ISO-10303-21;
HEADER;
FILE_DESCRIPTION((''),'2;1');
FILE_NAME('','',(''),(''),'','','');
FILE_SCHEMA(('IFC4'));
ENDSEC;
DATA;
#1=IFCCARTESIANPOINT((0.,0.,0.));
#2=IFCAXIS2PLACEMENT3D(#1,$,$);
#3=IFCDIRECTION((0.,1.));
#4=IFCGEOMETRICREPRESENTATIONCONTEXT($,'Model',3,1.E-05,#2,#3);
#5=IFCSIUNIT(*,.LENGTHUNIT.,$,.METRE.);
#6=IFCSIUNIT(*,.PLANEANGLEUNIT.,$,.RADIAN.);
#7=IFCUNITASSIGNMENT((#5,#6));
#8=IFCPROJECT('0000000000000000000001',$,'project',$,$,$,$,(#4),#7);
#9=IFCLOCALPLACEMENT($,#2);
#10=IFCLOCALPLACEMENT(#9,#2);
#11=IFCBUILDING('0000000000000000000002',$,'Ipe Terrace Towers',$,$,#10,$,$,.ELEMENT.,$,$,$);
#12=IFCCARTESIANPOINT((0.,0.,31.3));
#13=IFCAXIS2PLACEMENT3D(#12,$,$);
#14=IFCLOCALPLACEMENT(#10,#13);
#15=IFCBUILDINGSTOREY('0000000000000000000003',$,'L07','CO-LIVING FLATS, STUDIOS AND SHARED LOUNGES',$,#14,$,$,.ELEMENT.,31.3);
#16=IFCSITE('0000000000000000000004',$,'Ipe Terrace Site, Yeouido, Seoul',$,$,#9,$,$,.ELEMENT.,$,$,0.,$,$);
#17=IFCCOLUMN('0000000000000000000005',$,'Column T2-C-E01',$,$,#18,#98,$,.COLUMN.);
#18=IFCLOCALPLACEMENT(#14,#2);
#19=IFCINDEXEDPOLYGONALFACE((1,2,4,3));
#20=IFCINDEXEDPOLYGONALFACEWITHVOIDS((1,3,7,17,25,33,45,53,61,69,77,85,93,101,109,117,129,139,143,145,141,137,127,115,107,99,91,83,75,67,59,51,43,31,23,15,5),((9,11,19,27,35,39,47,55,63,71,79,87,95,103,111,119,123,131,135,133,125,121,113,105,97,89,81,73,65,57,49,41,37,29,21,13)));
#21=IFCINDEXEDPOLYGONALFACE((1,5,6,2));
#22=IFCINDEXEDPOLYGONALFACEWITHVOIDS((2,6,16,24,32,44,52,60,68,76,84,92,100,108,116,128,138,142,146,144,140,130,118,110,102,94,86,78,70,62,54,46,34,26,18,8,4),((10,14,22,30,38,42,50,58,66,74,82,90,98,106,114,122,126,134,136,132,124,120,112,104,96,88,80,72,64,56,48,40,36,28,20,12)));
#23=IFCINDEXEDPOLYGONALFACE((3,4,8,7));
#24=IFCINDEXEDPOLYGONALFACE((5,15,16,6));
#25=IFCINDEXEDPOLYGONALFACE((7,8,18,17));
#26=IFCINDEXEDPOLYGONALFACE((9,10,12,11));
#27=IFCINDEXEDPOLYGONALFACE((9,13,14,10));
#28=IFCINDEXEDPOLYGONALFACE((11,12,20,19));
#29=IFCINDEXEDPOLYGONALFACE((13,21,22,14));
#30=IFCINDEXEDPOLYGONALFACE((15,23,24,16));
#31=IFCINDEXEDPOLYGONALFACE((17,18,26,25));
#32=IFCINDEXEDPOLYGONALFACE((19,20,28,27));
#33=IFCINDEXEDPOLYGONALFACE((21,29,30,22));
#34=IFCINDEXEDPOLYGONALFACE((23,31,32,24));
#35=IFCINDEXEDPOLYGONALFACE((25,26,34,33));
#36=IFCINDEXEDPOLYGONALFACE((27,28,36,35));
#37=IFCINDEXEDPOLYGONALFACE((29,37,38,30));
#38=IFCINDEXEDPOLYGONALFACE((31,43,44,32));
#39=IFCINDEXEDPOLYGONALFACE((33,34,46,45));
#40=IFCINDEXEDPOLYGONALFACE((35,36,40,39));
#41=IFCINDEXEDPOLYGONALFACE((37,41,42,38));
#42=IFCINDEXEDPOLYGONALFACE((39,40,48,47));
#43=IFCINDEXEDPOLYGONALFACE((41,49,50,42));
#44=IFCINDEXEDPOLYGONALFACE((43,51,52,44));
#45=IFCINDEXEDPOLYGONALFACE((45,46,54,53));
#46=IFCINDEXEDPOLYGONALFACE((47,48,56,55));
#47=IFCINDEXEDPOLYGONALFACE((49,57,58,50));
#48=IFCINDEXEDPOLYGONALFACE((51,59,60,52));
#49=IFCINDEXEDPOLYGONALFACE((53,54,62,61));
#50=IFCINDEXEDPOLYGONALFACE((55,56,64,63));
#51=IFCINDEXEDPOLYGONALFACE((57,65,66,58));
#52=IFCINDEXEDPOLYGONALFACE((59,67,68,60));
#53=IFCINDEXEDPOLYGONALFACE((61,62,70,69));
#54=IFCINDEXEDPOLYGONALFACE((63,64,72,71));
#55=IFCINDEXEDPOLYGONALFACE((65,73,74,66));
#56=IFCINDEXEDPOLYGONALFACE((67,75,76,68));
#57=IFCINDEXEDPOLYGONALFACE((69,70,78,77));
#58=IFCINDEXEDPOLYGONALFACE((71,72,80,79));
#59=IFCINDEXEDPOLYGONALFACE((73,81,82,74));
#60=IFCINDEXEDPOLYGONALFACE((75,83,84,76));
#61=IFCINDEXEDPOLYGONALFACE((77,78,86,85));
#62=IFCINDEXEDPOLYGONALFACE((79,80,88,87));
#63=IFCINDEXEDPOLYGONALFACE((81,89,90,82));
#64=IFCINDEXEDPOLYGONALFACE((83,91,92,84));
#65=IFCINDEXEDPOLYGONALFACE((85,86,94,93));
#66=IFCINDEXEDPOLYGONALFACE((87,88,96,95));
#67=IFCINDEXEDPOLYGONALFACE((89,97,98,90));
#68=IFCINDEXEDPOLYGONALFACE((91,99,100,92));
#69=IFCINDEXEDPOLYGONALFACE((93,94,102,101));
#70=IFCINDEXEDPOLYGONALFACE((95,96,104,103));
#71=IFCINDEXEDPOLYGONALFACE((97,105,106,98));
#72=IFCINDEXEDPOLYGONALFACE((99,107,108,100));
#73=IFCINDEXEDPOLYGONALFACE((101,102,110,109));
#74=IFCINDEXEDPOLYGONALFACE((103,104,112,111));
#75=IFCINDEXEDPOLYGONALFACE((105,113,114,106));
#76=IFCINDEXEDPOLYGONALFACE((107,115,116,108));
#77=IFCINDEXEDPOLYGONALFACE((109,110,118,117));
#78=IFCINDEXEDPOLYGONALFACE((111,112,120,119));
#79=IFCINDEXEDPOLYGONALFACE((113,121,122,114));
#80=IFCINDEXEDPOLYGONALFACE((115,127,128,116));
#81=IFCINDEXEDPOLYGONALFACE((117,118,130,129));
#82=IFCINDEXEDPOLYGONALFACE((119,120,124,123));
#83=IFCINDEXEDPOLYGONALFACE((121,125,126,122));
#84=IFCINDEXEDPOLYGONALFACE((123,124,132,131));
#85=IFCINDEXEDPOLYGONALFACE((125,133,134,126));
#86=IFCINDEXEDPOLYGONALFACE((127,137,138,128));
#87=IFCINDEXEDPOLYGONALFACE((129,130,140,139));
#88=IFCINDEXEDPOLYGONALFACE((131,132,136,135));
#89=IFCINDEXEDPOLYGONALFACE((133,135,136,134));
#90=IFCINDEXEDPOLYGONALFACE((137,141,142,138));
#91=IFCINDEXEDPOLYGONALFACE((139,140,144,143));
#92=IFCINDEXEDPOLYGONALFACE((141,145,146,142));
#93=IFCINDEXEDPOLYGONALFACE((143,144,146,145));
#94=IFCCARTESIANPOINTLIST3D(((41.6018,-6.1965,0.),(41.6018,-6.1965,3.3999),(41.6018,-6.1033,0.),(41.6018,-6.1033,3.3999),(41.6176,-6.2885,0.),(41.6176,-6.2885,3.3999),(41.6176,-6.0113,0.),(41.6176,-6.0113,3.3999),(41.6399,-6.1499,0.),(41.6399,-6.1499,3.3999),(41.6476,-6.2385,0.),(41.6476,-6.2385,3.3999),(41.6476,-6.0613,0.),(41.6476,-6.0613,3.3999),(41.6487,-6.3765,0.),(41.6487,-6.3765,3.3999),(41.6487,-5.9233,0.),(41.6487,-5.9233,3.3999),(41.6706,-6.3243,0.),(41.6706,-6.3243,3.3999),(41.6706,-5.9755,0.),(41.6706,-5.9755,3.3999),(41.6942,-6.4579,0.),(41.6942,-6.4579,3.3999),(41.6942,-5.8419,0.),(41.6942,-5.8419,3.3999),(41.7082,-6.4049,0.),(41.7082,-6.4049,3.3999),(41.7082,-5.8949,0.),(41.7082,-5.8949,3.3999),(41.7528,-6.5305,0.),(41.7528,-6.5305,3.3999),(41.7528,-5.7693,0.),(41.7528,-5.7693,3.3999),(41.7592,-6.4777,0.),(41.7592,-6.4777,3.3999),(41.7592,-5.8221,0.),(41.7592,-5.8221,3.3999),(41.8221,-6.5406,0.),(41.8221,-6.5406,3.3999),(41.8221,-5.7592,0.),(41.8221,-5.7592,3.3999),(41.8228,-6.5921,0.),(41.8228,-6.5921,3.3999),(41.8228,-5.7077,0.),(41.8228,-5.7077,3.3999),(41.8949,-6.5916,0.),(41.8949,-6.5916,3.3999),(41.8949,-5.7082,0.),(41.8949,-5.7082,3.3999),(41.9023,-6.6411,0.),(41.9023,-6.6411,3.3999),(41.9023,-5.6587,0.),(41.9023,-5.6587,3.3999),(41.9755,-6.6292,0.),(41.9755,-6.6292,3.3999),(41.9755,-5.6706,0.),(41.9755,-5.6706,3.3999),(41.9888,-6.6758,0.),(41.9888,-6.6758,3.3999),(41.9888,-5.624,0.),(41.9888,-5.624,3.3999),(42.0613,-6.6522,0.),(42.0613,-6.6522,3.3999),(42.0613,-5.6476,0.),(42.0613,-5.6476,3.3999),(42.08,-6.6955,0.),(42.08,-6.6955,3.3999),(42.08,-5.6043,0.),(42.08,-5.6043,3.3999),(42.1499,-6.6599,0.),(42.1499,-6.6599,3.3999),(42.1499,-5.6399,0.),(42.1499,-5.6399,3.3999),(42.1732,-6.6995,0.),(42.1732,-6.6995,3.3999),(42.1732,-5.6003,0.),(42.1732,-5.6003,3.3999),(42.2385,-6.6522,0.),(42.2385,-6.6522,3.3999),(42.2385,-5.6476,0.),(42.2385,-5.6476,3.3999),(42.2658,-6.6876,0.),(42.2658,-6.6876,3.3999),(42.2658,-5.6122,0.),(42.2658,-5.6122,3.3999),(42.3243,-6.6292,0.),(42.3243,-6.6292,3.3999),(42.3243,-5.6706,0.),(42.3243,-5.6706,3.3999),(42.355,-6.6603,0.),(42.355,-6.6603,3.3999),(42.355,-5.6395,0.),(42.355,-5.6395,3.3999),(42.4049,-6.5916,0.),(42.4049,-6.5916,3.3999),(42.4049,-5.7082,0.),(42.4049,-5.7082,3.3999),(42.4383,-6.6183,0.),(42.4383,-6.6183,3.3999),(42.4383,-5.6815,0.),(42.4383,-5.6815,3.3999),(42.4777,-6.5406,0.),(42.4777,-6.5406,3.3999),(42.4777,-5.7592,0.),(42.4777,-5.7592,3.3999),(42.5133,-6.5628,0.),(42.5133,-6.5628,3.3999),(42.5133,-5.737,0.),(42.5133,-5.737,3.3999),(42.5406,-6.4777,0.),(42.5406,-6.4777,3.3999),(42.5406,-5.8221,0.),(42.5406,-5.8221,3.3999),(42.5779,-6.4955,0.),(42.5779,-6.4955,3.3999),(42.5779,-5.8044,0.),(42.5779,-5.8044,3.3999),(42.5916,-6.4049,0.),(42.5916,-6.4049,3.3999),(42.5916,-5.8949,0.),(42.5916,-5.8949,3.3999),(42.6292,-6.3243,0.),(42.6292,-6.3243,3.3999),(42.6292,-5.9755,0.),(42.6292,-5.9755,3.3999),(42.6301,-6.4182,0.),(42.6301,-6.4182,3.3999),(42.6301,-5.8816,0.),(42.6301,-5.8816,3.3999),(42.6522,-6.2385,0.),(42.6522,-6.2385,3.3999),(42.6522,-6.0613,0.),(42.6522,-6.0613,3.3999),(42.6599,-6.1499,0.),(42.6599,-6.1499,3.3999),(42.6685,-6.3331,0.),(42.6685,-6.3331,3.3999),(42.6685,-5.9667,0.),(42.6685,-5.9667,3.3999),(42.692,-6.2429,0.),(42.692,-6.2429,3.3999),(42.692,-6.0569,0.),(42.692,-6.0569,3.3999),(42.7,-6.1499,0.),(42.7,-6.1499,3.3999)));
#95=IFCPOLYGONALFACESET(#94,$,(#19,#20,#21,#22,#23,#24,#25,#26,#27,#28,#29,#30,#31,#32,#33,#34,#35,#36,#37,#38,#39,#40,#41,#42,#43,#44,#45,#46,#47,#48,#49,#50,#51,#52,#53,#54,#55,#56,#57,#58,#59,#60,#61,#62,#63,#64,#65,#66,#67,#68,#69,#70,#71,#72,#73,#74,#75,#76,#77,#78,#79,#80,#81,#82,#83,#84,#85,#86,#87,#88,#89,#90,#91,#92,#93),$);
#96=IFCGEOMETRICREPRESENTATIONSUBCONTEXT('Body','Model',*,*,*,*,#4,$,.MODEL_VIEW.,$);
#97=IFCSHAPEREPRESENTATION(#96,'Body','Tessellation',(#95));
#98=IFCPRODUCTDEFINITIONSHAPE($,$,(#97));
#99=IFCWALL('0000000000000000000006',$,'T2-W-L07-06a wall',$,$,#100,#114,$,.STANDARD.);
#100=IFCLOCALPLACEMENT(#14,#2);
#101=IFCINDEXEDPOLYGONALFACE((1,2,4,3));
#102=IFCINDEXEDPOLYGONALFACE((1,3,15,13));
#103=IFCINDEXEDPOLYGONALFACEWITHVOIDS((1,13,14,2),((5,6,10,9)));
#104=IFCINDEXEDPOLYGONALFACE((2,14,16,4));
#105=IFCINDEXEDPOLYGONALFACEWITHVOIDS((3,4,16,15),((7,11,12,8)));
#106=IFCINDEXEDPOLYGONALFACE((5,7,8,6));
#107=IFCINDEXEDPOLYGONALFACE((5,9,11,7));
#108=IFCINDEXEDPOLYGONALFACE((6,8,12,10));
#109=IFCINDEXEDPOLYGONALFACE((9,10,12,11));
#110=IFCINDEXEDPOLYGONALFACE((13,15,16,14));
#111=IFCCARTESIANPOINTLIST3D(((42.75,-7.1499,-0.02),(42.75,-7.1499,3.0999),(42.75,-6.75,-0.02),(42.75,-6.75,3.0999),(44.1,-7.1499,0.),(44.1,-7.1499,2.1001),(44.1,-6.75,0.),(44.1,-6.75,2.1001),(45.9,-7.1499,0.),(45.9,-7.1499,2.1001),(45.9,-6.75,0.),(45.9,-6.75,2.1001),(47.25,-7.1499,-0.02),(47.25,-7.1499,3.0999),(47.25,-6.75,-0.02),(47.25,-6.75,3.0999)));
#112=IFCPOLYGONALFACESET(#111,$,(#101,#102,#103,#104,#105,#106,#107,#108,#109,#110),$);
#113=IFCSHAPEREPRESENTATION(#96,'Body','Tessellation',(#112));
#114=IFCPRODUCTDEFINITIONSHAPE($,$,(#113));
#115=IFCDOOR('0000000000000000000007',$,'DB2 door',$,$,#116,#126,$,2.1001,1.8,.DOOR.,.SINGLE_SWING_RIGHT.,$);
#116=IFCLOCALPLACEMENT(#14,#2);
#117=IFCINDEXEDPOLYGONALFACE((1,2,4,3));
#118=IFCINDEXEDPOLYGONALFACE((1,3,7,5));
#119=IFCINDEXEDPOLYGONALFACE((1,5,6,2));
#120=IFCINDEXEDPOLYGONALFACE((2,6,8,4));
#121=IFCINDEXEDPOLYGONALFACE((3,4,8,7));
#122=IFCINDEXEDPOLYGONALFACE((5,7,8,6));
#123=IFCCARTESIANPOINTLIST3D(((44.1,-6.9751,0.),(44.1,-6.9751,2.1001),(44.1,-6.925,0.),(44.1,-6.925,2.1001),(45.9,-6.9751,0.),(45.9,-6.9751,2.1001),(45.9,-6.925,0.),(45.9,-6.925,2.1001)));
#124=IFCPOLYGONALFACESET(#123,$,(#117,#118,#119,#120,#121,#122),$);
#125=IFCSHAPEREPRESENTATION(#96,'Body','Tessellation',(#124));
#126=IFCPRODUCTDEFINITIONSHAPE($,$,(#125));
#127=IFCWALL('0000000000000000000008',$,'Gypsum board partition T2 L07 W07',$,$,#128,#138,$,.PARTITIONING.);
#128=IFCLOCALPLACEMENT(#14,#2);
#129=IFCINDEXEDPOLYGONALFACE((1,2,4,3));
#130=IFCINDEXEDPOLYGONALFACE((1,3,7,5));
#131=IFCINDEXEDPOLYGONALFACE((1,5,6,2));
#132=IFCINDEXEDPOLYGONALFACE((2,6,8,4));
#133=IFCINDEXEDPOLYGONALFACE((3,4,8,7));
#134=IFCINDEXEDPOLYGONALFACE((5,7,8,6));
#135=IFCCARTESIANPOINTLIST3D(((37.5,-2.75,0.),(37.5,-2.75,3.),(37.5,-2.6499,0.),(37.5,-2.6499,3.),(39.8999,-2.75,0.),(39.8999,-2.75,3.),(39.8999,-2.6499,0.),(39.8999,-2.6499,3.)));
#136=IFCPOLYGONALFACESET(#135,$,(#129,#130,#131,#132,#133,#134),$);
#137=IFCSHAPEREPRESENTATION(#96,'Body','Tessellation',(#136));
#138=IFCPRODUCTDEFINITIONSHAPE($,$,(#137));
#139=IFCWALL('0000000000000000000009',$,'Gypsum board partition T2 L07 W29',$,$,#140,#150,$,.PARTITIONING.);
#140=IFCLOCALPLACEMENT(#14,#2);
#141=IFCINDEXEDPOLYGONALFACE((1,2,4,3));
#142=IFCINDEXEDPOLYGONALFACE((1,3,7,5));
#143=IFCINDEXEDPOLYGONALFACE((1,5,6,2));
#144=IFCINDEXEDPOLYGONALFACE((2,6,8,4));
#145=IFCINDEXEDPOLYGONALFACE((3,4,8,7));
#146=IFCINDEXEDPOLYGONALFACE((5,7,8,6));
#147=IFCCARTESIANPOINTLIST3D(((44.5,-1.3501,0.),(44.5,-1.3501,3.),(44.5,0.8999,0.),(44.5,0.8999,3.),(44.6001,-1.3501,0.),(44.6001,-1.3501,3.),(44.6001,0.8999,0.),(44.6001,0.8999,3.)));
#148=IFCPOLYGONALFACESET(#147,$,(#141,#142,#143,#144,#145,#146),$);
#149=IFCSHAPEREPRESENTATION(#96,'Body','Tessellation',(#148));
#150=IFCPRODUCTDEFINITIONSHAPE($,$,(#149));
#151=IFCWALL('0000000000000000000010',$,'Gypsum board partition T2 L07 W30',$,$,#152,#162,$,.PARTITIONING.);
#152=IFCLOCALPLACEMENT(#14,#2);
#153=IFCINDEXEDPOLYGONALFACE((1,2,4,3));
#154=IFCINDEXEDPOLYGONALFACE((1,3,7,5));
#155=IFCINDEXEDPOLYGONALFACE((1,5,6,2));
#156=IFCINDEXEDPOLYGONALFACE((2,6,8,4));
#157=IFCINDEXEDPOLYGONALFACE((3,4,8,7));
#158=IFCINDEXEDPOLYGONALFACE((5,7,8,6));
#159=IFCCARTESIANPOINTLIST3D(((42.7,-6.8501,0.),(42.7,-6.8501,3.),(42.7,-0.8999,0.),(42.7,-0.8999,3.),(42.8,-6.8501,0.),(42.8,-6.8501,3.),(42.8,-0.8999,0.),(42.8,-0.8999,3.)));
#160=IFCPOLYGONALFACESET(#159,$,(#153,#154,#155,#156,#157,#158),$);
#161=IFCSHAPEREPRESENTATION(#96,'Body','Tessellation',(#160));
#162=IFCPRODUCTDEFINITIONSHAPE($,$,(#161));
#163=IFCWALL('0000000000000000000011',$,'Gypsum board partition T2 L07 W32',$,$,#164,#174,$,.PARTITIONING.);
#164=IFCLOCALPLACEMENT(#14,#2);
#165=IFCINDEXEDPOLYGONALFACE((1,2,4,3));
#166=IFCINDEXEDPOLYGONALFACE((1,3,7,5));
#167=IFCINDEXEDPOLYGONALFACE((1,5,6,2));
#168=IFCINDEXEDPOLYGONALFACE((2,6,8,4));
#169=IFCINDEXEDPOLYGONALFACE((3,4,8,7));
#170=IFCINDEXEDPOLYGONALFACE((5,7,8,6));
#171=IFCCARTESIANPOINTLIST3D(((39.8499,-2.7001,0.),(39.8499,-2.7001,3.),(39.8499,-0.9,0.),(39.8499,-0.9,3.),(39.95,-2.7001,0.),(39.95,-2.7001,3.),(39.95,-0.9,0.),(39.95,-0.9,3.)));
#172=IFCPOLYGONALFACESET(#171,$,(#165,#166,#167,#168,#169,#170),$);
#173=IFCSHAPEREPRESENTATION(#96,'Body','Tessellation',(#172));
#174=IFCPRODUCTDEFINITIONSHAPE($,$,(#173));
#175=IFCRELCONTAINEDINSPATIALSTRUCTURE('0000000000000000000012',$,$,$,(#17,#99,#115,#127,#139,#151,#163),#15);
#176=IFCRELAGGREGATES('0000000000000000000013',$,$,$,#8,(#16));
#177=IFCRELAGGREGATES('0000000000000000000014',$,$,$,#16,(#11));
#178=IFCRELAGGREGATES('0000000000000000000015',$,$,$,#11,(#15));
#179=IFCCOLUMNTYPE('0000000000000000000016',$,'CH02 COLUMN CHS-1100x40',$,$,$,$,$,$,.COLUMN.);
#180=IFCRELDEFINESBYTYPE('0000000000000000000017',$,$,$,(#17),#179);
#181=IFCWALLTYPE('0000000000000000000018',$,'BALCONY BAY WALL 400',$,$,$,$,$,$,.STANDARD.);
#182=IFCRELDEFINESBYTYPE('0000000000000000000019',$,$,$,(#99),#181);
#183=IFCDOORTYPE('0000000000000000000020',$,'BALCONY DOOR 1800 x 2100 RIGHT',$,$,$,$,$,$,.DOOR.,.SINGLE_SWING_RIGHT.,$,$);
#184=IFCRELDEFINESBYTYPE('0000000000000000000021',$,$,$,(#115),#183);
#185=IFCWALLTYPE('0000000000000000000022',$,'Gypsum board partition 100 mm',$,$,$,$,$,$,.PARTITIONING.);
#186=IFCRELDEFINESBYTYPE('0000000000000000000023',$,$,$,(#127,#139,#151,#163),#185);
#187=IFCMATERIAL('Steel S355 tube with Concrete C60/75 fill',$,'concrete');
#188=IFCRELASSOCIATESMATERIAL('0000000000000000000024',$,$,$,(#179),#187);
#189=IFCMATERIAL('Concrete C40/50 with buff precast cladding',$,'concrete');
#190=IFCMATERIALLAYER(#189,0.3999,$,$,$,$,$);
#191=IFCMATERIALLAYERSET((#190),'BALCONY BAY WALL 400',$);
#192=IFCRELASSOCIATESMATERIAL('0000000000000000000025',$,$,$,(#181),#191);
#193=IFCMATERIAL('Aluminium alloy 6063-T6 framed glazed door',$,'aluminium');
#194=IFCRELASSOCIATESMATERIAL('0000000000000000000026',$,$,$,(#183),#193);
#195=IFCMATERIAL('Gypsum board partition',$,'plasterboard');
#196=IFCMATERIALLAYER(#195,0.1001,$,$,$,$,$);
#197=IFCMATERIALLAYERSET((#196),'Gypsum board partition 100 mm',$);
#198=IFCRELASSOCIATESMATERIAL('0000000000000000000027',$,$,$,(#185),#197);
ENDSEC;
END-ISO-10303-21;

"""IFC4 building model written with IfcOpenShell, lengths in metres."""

from ifc_helpers import new_model, si_unit, direction, frame, frame_2d, origin, origin_2d, place, context, subcontext, project, spatial, rectangle, hollow_circle, extrude, material, layer, layer_set, material_profile, profile_set, type_object, element, fill, save


model = new_model("IFC4")

# Units and contexts
model_context = context("Model", 3, precision=1e-05, world=origin(), true_north=direction((0.0, 1.0)))
body_context = subcontext(model_context, "Body", "Model", "MODEL_VIEW")
ifc_project = project(units=[si_unit("LENGTHUNIT", "METRE"), si_unit("PLANEANGLEUNIT", "RADIAN")], contexts=[model_context])

# Site, building, storey
site_placement = place(None, origin())
site = spatial("IfcSite", under=ifc_project, at=site_placement, Name="Ipe Terrace Site, Yeouido, Seoul", CompositionType="ELEMENT", RefElevation=0.0)
building_placement = place(site_placement, origin())
building = spatial("IfcBuilding", under=site, at=building_placement, Name="Ipe Terrace Towers", CompositionType="ELEMENT")
storey_placement = place(building_placement, frame((0.0, 0.0, 31.3)))
storey = spatial("IfcBuildingStorey", under=building, at=storey_placement, Name="L07", Description="CO-LIVING FLATS, STUDIOS AND SHARED LOUNGES", CompositionType="ELEMENT", Elevation=31.3)

# Column
ifc_material_1 = material(Name="Steel S355 tube with Concrete C60/75 fill", Category="concrete")
ifc_material_profile = material_profile(ifc_material_1, hollow_circle(Radius=0.55, WallThickness=0.04, at=origin_2d()), Name="CHS-1100x40")
ifc_profile_set = profile_set([ifc_material_profile], Name="Steel S355 tube with Concrete C60/75 fill")
column_type = type_object("IfcColumnType", Name="CH02 COLUMN CHS-1100x40", PredefinedType="COLUMN", material=ifc_profile_set)
column_placement = place(storey_placement, frame((42.1499, -6.1499, 0.0), z_axis=(0.0, 0.0, 1.0), x_axis=(1.0, 0.0, 0.0)))
element("IfcColumn", 1, at=column_placement, inside=storey, type_object=column_type, Name="Column T2-C-E01", PredefinedType="COLUMN", context=body_context, shape_type="SweptSolid", body=[
    extrude(hollow_circle(Radius=0.55, WallThickness=0.04, at=origin_2d()), origin(), (0.0, 0.0, 1.0), 3.3999),
])

# Wall, opening, door
ifc_material_2 = material(Name="Concrete C40/50 with buff precast cladding", Category="concrete")
ifc_layer_1 = layer(ifc_material_2, 0.3999)
ifc_layer_set_1 = layer_set([ifc_layer_1], Name="BALCONY BAY WALL 400")
wall_type_1 = type_object("IfcWallType", Name="BALCONY BAY WALL 400", PredefinedType="STANDARD", material=ifc_layer_set_1)
wall_1_placement = place(storey_placement, frame((42.75, -6.95, -0.02), z_axis=(0.0, 0.0, 1.0), x_axis=(1.0, 0.0, 0.0)))
wall_1 = element("IfcWall", 2, at=wall_1_placement, inside=storey, type_object=wall_type_1, Name="T2-W-L07-06a wall", PredefinedType="STANDARD", context=body_context, shape_type="SweptSolid", body=[
    extrude(rectangle(XDim=4.5, YDim=0.3999, at=frame_2d((2.25, 0.0))), origin(), (0.0, 0.0, 1.0), 3.1199),
])
opening_1_placement = place(wall_1_placement, frame((1.3501, 0.0, 0.02)))
opening_1 = element("IfcOpeningElement", 3, at=opening_1_placement, cuts=wall_1, PredefinedType="OPENING", context=body_context, shape_type="SweptSolid", body=[
    extrude(rectangle(XDim=1.8, YDim=2.1001, at=frame_2d((0.8999, 1.05))), frame((0.0, 0.21, 0.0), z_axis=(0.0, -1.0, 0.0), x_axis=(1.0, 0.0, 0.0)), (0.0, 0.0, 1.0), 0.4199),
])
ifc_material_3 = material(Name="Aluminium alloy 6063-T6 framed glazed door", Category="aluminium")
door_type_1 = type_object("IfcDoorType", Name="BALCONY DOOR 1800 x 2100 RIGHT", OperationType="SINGLE_SWING_RIGHT", PredefinedType="DOOR", material=ifc_material_3)
door_1_placement = place(opening_1_placement, origin())
door_1 = element("IfcDoor", 4, at=door_1_placement, inside=storey, type_object=door_type_1, Name="DB2 door", OperationType="SINGLE_SWING_RIGHT", OverallHeight=2.1001, OverallWidth=1.8, PredefinedType="DOOR", context=body_context, shape_type="SweptSolid", body=[
    extrude(rectangle(XDim=1.8, YDim=2.1001, at=frame_2d((0.8999, 1.05))), frame((0.0, 0.0249, 0.0), z_axis=(0.0, -1.0, 0.0), x_axis=(1.0, 0.0, 0.0)), (0.0, 0.0, 1.0), 0.05),
])
fill(opening_1, door_1)

# Walls
ifc_material_4 = material(Name="Gypsum board partition", Category="plasterboard")
ifc_layer_2 = layer(ifc_material_4, 0.1001)
ifc_layer_set_2 = layer_set([ifc_layer_2], Name="Gypsum board partition 100 mm")
wall_type_2 = type_object("IfcWallType", Name="Gypsum board partition 100 mm", PredefinedType="PARTITIONING", material=ifc_layer_set_2)
wall_2_placement = place(storey_placement, frame((39.8999, -2.7, 0.0), z_axis=(0.0, 0.0, 1.0), x_axis=(-1.0, 0.0, 0.0)))
element("IfcWall", 5, at=wall_2_placement, inside=storey, type_object=wall_type_2, Name="Gypsum board partition T2 L07 W07", PredefinedType="PARTITIONING", context=body_context, shape_type="SweptSolid", body=[
    extrude(rectangle(XDim=2.3999, YDim=0.1001, at=frame_2d((1.2, 0.0))), origin(), (0.0, 0.0, 1.0), 3.0),
])
wall_3_placement = place(storey_placement, frame((44.55, -1.3501, 0.0), z_axis=(0.0, 0.0, 1.0), x_axis=(0.0, 1.0, 0.0)))
element("IfcWall", 6, at=wall_3_placement, inside=storey, type_object=wall_type_2, Name="Gypsum board partition T2 L07 W29", PredefinedType="PARTITIONING", context=body_context, shape_type="SweptSolid", body=[
    extrude(rectangle(XDim=2.25, YDim=0.1001, at=frame_2d((1.125, 0.0))), origin(), (0.0, 0.0, 1.0), 3.0),
])
wall_4_placement = place(storey_placement, frame((42.75, -6.8501, 0.0), z_axis=(0.0, 0.0, 1.0), x_axis=(0.0, 1.0, 0.0)))
element("IfcWall", 7, at=wall_4_placement, inside=storey, type_object=wall_type_2, Name="Gypsum board partition T2 L07 W30", PredefinedType="PARTITIONING", context=body_context, shape_type="SweptSolid", body=[
    extrude(rectangle(XDim=5.9502, YDim=0.1001, at=frame_2d((2.9751, 0.0))), origin(), (0.0, 0.0, 1.0), 3.0),
])
wall_5_placement = place(storey_placement, frame((39.8999, -2.7, 0.0), z_axis=(0.0, 0.0, 1.0), x_axis=(0.0, 1.0, 0.0)))
element("IfcWall", 8, at=wall_5_placement, inside=storey, type_object=wall_type_2, Name="Gypsum board partition T2 L07 W32", PredefinedType="PARTITIONING", context=body_context, shape_type="SweptSolid", body=[
    extrude(rectangle(XDim=1.8, YDim=0.1001, at=frame_2d((0.8999, 0.0))), origin(), (0.0, 0.0, 1.0), 3.0),
])

save(model, "model.ifc")
